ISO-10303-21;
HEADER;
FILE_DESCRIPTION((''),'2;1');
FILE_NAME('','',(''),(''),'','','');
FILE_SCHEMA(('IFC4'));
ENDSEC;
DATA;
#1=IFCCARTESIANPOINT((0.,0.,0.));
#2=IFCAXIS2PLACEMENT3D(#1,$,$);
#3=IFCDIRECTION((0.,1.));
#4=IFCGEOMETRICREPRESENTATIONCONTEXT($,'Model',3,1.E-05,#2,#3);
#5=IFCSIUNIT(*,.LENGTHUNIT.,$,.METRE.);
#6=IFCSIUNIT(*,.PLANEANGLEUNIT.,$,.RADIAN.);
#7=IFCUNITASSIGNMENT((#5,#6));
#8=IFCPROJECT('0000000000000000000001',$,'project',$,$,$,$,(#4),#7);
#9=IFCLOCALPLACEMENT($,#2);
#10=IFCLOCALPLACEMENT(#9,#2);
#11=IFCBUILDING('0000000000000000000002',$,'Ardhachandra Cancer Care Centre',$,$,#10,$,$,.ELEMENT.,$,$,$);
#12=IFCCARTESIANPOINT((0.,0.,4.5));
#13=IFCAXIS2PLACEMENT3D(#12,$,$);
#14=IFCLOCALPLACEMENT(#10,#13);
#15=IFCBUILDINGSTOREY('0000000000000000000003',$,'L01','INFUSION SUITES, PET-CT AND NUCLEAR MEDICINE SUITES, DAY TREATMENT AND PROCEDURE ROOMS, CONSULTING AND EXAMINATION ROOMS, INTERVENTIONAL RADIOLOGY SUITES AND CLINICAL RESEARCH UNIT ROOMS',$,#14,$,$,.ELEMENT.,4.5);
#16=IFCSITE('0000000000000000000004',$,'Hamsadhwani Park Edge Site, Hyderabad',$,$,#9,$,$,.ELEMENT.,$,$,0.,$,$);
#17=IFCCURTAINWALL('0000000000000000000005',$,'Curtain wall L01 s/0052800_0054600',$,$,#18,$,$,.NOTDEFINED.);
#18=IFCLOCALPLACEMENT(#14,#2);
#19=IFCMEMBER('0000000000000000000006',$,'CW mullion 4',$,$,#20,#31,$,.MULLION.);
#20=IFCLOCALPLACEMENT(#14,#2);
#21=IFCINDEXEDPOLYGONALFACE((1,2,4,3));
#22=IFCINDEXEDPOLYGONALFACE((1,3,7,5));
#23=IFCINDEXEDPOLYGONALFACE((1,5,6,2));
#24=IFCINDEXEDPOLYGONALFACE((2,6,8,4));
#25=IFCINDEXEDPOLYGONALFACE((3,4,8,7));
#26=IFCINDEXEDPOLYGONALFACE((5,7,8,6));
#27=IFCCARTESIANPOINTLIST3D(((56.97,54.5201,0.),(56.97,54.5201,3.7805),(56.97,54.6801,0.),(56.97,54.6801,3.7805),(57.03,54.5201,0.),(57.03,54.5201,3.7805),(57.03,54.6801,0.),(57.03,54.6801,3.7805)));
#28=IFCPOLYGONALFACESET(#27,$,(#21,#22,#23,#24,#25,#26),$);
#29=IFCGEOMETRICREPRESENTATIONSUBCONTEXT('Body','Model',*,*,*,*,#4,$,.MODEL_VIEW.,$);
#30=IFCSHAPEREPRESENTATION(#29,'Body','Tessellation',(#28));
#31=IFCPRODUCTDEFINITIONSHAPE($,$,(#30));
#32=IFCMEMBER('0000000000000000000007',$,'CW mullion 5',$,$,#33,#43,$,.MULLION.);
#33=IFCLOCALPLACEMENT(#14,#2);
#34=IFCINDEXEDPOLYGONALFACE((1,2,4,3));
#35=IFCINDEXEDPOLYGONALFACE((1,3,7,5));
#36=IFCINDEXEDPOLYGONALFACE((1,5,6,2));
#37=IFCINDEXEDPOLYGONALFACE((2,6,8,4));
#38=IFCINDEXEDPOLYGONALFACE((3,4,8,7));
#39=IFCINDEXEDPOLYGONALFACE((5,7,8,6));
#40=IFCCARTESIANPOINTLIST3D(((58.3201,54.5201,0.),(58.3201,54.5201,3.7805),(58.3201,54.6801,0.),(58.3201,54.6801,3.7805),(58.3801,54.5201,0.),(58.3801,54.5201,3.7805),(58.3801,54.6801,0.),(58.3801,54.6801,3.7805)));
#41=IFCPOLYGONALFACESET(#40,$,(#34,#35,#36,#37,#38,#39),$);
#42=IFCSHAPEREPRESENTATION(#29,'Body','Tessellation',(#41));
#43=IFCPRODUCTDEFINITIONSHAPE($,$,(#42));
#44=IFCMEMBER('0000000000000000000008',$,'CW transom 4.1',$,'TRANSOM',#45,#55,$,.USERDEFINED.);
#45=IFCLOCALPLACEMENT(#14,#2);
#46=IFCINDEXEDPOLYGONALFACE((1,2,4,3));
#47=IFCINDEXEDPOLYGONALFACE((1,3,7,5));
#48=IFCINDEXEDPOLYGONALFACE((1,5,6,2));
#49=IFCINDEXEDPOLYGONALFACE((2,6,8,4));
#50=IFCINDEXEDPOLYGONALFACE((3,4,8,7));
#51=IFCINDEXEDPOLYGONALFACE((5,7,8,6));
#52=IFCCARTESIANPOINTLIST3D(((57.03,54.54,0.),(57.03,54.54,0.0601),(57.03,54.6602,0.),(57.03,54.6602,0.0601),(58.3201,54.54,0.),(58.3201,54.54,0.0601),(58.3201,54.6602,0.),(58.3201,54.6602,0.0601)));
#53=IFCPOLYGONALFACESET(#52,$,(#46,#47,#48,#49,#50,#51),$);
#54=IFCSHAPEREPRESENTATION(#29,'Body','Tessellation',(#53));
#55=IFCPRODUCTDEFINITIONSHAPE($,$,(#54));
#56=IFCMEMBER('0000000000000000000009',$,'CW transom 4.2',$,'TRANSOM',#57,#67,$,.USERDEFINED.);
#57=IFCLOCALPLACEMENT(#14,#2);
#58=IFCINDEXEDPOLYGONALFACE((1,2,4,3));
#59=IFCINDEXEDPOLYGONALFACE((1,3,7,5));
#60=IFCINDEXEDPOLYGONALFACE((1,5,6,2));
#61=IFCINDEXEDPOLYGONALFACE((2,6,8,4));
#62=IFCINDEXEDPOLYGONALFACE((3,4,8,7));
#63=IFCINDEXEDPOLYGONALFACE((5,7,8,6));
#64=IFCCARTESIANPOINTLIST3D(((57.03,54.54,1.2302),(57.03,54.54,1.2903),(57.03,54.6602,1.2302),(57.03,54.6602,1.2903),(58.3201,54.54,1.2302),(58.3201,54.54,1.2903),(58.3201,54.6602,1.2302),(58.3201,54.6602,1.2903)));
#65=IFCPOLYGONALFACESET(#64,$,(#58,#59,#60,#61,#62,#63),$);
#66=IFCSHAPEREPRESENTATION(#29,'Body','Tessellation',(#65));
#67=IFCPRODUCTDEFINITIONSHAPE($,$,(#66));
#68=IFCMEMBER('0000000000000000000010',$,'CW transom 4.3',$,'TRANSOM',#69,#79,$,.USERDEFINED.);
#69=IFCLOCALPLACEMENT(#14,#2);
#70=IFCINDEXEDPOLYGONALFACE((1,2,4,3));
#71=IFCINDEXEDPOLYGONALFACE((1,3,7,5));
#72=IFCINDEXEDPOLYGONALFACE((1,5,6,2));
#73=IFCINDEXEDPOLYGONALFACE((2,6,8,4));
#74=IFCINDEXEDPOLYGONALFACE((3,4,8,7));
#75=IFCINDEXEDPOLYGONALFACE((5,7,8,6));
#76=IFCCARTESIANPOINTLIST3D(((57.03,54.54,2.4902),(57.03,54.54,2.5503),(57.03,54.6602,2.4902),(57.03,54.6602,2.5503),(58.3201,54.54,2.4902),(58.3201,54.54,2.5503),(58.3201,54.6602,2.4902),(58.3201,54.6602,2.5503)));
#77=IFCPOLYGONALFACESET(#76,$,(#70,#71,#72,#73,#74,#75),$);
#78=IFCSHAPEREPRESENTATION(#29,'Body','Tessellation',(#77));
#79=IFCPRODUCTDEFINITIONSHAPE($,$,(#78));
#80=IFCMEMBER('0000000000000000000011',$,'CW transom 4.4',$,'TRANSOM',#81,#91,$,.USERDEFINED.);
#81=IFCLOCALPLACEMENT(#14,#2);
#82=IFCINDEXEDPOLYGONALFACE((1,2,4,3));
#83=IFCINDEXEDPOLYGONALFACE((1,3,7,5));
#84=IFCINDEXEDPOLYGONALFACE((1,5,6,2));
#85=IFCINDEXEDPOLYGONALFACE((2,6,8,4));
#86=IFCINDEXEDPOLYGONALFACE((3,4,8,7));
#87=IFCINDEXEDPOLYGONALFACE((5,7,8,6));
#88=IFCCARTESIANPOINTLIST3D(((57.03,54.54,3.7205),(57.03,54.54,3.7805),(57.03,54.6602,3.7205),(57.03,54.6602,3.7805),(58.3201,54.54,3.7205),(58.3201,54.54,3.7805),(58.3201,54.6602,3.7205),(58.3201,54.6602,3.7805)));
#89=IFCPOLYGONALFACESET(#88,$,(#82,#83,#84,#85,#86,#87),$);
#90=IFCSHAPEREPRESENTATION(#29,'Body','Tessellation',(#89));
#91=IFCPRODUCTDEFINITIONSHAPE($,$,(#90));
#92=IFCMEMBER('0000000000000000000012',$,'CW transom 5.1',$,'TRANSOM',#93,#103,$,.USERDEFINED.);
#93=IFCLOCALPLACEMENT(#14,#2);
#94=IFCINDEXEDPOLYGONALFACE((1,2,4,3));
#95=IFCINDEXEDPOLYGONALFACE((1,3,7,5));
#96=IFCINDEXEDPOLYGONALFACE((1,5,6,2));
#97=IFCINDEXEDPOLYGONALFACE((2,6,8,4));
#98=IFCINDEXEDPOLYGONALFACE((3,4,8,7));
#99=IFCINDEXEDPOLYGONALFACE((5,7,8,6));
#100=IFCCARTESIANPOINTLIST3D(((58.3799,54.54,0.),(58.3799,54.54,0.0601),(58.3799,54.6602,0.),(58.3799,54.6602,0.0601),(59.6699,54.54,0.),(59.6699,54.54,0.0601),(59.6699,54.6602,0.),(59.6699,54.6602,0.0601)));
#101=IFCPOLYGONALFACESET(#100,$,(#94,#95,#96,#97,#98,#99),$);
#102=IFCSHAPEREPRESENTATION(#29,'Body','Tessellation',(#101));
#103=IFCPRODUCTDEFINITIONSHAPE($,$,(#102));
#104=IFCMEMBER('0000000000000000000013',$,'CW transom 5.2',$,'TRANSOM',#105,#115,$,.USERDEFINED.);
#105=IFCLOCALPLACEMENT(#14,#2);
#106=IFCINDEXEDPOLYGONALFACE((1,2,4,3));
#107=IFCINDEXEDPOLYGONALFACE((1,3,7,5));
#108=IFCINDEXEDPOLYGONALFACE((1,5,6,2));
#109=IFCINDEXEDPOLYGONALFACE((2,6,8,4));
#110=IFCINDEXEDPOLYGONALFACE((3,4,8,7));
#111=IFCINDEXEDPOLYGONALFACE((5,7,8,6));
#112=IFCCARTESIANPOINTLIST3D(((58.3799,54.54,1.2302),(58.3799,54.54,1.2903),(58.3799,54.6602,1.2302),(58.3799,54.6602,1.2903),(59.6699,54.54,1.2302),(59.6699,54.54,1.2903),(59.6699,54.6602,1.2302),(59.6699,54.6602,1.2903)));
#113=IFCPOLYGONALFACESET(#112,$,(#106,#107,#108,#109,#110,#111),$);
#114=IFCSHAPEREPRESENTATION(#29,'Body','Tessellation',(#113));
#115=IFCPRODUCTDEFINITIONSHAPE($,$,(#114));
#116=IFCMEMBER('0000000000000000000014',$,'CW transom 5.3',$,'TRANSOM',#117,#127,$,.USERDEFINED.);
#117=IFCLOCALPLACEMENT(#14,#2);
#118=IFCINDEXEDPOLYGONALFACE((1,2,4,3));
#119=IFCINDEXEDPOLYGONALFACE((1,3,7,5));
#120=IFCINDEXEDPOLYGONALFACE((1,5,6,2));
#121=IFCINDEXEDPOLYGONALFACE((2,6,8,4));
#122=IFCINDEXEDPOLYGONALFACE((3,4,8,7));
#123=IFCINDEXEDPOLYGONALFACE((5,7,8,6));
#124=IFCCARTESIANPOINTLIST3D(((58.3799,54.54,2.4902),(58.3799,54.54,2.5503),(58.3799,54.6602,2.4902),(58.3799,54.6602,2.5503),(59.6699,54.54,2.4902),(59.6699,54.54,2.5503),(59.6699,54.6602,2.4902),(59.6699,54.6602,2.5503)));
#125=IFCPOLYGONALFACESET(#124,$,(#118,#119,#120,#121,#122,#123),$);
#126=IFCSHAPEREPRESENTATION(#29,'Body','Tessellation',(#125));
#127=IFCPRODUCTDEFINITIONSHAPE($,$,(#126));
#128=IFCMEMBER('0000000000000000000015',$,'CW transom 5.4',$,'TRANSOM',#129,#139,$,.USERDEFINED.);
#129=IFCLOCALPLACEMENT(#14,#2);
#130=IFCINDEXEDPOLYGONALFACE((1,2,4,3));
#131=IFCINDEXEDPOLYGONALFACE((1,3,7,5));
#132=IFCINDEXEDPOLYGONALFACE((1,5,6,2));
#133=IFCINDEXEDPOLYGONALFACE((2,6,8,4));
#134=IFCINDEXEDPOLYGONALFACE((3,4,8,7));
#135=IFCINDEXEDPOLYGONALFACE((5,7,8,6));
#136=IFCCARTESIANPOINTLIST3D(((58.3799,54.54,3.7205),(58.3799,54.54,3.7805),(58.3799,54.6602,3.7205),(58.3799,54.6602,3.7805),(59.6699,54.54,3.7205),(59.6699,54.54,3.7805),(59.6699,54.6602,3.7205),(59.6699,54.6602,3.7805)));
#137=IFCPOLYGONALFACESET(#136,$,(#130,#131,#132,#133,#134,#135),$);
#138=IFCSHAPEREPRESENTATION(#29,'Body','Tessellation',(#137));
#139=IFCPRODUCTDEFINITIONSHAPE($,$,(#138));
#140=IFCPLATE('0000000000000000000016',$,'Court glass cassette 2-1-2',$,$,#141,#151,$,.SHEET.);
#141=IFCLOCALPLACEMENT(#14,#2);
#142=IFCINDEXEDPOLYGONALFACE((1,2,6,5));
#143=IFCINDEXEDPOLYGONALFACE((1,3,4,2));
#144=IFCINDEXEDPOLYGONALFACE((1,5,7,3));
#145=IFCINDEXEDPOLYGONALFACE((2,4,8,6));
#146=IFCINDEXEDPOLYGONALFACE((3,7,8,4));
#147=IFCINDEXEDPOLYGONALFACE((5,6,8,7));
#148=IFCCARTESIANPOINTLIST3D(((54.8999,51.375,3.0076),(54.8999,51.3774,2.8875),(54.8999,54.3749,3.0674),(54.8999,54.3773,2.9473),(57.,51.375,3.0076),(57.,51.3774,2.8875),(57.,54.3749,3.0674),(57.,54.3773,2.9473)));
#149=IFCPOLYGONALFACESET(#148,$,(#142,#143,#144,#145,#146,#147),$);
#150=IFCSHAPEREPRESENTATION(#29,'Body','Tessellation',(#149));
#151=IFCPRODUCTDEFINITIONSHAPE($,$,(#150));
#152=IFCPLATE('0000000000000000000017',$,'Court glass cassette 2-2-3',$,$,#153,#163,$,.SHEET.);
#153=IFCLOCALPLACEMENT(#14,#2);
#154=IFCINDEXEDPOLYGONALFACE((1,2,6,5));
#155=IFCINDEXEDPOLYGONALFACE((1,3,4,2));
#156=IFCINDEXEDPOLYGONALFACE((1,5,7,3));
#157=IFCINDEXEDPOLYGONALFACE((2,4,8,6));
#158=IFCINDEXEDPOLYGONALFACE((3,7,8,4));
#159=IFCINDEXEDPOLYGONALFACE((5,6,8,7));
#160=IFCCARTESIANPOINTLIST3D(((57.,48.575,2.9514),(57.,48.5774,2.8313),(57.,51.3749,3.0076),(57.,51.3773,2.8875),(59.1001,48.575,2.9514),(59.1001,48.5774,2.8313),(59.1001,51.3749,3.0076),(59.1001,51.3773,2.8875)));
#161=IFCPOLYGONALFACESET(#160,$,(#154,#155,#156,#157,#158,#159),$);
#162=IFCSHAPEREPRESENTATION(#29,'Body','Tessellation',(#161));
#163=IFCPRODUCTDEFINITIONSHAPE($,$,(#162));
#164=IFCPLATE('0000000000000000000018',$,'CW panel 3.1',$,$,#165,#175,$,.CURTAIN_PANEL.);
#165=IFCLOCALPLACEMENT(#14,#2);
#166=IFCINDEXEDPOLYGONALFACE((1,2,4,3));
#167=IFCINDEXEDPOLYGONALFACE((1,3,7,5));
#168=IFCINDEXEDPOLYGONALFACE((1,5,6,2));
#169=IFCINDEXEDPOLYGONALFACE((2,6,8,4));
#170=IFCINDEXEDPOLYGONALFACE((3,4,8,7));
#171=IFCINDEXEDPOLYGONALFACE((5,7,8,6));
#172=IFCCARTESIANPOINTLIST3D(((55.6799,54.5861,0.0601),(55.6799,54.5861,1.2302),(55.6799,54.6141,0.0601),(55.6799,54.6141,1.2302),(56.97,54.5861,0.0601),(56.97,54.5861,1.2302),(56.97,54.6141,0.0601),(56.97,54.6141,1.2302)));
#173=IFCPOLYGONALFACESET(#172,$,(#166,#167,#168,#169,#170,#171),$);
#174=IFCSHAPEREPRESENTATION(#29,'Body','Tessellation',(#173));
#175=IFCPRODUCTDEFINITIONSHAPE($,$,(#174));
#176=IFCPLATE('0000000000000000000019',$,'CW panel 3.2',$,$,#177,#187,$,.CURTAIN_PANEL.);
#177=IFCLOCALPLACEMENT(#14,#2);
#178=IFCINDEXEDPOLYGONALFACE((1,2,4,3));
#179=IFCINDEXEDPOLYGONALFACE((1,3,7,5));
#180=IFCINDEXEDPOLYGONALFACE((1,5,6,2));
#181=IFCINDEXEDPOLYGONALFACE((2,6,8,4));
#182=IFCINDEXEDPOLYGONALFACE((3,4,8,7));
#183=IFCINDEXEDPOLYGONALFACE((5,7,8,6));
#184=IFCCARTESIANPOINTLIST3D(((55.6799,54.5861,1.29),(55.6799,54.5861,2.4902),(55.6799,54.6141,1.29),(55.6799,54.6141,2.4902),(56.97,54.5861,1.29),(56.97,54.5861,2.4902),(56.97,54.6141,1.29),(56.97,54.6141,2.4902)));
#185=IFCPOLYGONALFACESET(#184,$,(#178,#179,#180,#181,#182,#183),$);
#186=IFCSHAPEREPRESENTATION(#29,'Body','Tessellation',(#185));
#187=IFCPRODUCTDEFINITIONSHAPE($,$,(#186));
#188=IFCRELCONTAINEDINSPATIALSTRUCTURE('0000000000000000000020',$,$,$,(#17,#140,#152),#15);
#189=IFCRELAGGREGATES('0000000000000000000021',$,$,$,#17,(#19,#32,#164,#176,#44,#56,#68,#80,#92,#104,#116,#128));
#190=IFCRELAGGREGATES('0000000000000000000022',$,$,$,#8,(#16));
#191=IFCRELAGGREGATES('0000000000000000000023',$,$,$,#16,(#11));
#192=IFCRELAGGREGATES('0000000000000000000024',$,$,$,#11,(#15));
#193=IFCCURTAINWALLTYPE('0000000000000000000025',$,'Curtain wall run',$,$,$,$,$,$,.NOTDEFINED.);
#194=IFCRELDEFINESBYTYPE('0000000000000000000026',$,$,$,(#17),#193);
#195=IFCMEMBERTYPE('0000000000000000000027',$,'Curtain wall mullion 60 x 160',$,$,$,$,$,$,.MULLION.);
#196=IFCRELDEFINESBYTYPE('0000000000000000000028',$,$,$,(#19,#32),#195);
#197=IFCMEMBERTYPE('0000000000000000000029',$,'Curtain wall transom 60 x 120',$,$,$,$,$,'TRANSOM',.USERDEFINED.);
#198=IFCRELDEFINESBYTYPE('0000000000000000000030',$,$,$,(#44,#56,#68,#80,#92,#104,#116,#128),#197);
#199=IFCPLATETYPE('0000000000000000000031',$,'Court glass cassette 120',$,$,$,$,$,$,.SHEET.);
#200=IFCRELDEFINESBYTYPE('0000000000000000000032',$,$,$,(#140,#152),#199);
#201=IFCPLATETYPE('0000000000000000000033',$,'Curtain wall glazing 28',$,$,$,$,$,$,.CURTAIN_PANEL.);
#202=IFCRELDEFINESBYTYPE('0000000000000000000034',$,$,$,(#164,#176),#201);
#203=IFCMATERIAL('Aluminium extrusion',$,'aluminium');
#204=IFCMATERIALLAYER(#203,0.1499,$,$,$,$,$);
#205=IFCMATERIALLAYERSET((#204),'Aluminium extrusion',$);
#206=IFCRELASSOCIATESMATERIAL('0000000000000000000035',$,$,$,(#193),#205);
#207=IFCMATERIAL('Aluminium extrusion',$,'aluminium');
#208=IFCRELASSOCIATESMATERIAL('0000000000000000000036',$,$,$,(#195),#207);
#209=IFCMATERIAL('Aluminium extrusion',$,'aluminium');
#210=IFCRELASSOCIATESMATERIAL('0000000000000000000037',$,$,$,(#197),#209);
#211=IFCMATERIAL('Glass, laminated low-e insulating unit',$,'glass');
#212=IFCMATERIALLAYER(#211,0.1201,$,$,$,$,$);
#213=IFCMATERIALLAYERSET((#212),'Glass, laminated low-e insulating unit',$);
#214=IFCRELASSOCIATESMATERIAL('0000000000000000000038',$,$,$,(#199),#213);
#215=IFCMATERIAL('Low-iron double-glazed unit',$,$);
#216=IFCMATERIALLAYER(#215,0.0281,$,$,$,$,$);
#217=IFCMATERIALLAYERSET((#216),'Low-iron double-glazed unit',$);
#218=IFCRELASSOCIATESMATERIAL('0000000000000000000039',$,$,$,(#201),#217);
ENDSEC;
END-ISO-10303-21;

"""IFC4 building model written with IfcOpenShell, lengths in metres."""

from ifc_helpers import new_model, si_unit, direction, frame, origin, origin_2d, place, context, subcontext, project, spatial, polyline, rectangle, outline, extrude, material, layer, layer_set, material_profile, profile_set, type_object, element, aggregate, save


model = new_model("IFC4")

# Units and contexts
model_context = context("Model", 3, precision=1e-05, world=origin(), true_north=direction((0.0, 1.0)))
body_context = subcontext(model_context, "Body", "Model", "MODEL_VIEW")
ifc_project = project(units=[si_unit("LENGTHUNIT", "METRE"), si_unit("PLANEANGLEUNIT", "RADIAN")], contexts=[model_context])

# Site, building, storey
site_placement = place(None, origin())
site = spatial("IfcSite", under=ifc_project, at=site_placement, Name="Hamsadhwani Park Edge Site, Hyderabad", CompositionType="ELEMENT", RefElevation=0.0)
building_placement = place(site_placement, origin())
building = spatial("IfcBuilding", under=site, at=building_placement, Name="Ardhachandra Cancer Care Centre", CompositionType="ELEMENT")
storey_placement = place(building_placement, frame((0.0, 0.0, 4.5)))
storey = spatial("IfcBuildingStorey", under=building, at=storey_placement, Name="L01", Description="INFUSION SUITES, PET-CT AND NUCLEAR MEDICINE SUITES, DAY TREATMENT AND PROCEDURE ROOMS, CONSULTING AND EXAMINATION ROOMS, INTERVENTIONAL RADIOLOGY SUITES AND CLINICAL RESEARCH UNIT ROOMS", CompositionType="ELEMENT", Elevation=4.5)

# Curtain wall, members
ifc_material_1 = material(Name="Aluminium extrusion", Category="aluminium")
ifc_layer_1 = layer(ifc_material_1, 0.1499)
ifc_layer_set_1 = layer_set([ifc_layer_1], Name="Aluminium extrusion")
curtain_wall_type = type_object("IfcCurtainWallType", Name="Curtain wall run", PredefinedType="NOTDEFINED", material=ifc_layer_set_1)
curtain_wall_placement = place(storey_placement, origin())
curtain_wall = element("IfcCurtainWall", 1, at=curtain_wall_placement, inside=storey, type_object=curtain_wall_type, Name="Curtain wall L01 s/0052800_0054600", PredefinedType="NOTDEFINED")
ifc_material_2 = material(Name="Aluminium extrusion", Category="aluminium")
ifc_material_profile_1 = material_profile(ifc_material_2, rectangle(XDim=0.1599, YDim=0.0601, at=origin_2d()), Name="Curtain wall mullion 60 x 160")
ifc_profile_set_1 = profile_set([ifc_material_profile_1], Name="Aluminium extrusion")
member_type_1 = type_object("IfcMemberType", Name="Curtain wall mullion 60 x 160", PredefinedType="MULLION", material=ifc_profile_set_1)
member_1_placement = place(storey_placement, frame((57.0, 54.6001, 0.0), z_axis=(0.0, 0.0, 1.0), x_axis=(0.0, 1.0, 0.0)))
member_1 = element("IfcMember", 2, at=member_1_placement, type_object=member_type_1, Name="CW mullion 4", PredefinedType="MULLION", context=body_context, shape_type="SweptSolid", body=[
    extrude(rectangle(XDim=0.1599, YDim=0.0601, at=origin_2d()), origin(), (0.0, 0.0, 1.0), 3.7805),
])
member_2_placement = place(storey_placement, frame((58.3501, 54.6001, 0.0), z_axis=(0.0, 0.0, 1.0), x_axis=(0.0, 1.0, 0.0)))
member_2 = element("IfcMember", 3, at=member_2_placement, type_object=member_type_1, Name="CW mullion 5", PredefinedType="MULLION", context=body_context, shape_type="SweptSolid", body=[
    extrude(rectangle(XDim=0.1599, YDim=0.0601, at=origin_2d()), origin(), (0.0, 0.0, 1.0), 3.7805),
])
ifc_material_3 = material(Name="Aluminium extrusion", Category="aluminium")
ifc_material_profile_2 = material_profile(ifc_material_3, rectangle(XDim=0.1201, YDim=0.0601, at=origin_2d()), Name="Curtain wall transom 60 x 120")
ifc_profile_set_2 = profile_set([ifc_material_profile_2], Name="Aluminium extrusion")
member_type_2 = type_object("IfcMemberType", Name="Curtain wall transom 60 x 120", ElementType="TRANSOM", PredefinedType="USERDEFINED", material=ifc_profile_set_2)
member_3_placement = place(storey_placement, frame((57.03, 54.6001, 0.03), z_axis=(1.0, 0.0, 0.0), x_axis=(0.0, 1.0, 0.0)))
member_3 = element("IfcMember", 4, at=member_3_placement, type_object=member_type_2, Name="CW transom 4.1", ObjectType="TRANSOM", PredefinedType="USERDEFINED", context=body_context, shape_type="SweptSolid", body=[
    extrude(rectangle(XDim=0.1201, YDim=0.0601, at=origin_2d()), origin(), (0.0, 0.0, 1.0), 1.29),
])
member_4_placement = place(storey_placement, frame((57.03, 54.6001, 1.2603), z_axis=(1.0, 0.0, 0.0), x_axis=(0.0, 1.0, 0.0)))
member_4 = element("IfcMember", 5, at=member_4_placement, type_object=member_type_2, Name="CW transom 4.2", ObjectType="TRANSOM", PredefinedType="USERDEFINED", context=body_context, shape_type="SweptSolid", body=[
    extrude(rectangle(XDim=0.1201, YDim=0.0601, at=origin_2d()), origin(), (0.0, 0.0, 1.0), 1.29),
])
member_5_placement = place(storey_placement, frame((57.03, 54.6001, 2.5203), z_axis=(1.0, 0.0, 0.0), x_axis=(0.0, 1.0, 0.0)))
member_5 = element("IfcMember", 6, at=member_5_placement, type_object=member_type_2, Name="CW transom 4.3", ObjectType="TRANSOM", PredefinedType="USERDEFINED", context=body_context, shape_type="SweptSolid", body=[
    extrude(rectangle(XDim=0.1201, YDim=0.0601, at=origin_2d()), origin(), (0.0, 0.0, 1.0), 1.29),
])
member_6_placement = place(storey_placement, frame((57.03, 54.6001, 3.7505), z_axis=(1.0, 0.0, 0.0), x_axis=(0.0, 1.0, 0.0)))
member_6 = element("IfcMember", 7, at=member_6_placement, type_object=member_type_2, Name="CW transom 4.4", ObjectType="TRANSOM", PredefinedType="USERDEFINED", context=body_context, shape_type="SweptSolid", body=[
    extrude(rectangle(XDim=0.1201, YDim=0.0601, at=origin_2d()), origin(), (0.0, 0.0, 1.0), 1.29),
])
member_7_placement = place(storey_placement, frame((58.3799, 54.6001, 0.03), z_axis=(1.0, 0.0, 0.0), x_axis=(0.0, 1.0, 0.0)))
member_7 = element("IfcMember", 8, at=member_7_placement, type_object=member_type_2, Name="CW transom 5.1", ObjectType="TRANSOM", PredefinedType="USERDEFINED", context=body_context, shape_type="SweptSolid", body=[
    extrude(rectangle(XDim=0.1201, YDim=0.0601, at=origin_2d()), origin(), (0.0, 0.0, 1.0), 1.29),
])
member_8_placement = place(storey_placement, frame((58.3799, 54.6001, 1.2603), z_axis=(1.0, 0.0, 0.0), x_axis=(0.0, 1.0, 0.0)))
member_8 = element("IfcMember", 9, at=member_8_placement, type_object=member_type_2, Name="CW transom 5.2", ObjectType="TRANSOM", PredefinedType="USERDEFINED", context=body_context, shape_type="SweptSolid", body=[
    extrude(rectangle(XDim=0.1201, YDim=0.0601, at=origin_2d()), origin(), (0.0, 0.0, 1.0), 1.29),
])
member_9_placement = place(storey_placement, frame((58.3799, 54.6001, 2.5203), z_axis=(1.0, 0.0, 0.0), x_axis=(0.0, 1.0, 0.0)))
member_9 = element("IfcMember", 10, at=member_9_placement, type_object=member_type_2, Name="CW transom 5.3", ObjectType="TRANSOM", PredefinedType="USERDEFINED", context=body_context, shape_type="SweptSolid", body=[
    extrude(rectangle(XDim=0.1201, YDim=0.0601, at=origin_2d()), origin(), (0.0, 0.0, 1.0), 1.29),
])
member_10_placement = place(storey_placement, frame((58.3799, 54.6001, 3.7505), z_axis=(1.0, 0.0, 0.0), x_axis=(0.0, 1.0, 0.0)))
member_10 = element("IfcMember", 11, at=member_10_placement, type_object=member_type_2, Name="CW transom 5.4", ObjectType="TRANSOM", PredefinedType="USERDEFINED", context=body_context, shape_type="SweptSolid", body=[
    extrude(rectangle(XDim=0.1201, YDim=0.0601, at=origin_2d()), origin(), (0.0, 0.0, 1.0), 1.29),
])

# Plates
ifc_material_4 = material(Name="Glass, laminated low-e insulating unit", Category="glass")
ifc_layer_2 = layer(ifc_material_4, 0.1201)
ifc_layer_set_2 = layer_set([ifc_layer_2], Name="Glass, laminated low-e insulating unit")
plate_type_1 = type_object("IfcPlateType", Name="Court glass cassette 120", PredefinedType="SHEET", material=ifc_layer_set_2)
plate_1_placement = place(storey_placement, frame((57.0, 51.375, 3.0076), z_axis=(0.0, -0.019934, 0.999801), x_axis=(-1.0, 0.0, 0.0)))
element("IfcPlate", 12, at=plate_1_placement, inside=storey, type_object=plate_type_1, Name="Court glass cassette 2-1-2", PredefinedType="SHEET", context=body_context, shape_type="SweptSolid", body=[
    extrude(outline(polyline([(0.0, -3.0005), (2.1001, -3.0005), (2.1001, 0.0), (0.0, 0.0), (0.0, -3.0005)])), frame((0.0, 0.0, -0.1201)), (0.0, 0.0, 1.0), 0.1201),
])
plate_2_placement = place(storey_placement, frame((57.0, 48.575, 2.9514), z_axis=(0.0, -0.02005, 0.999799), x_axis=(0.0, 0.999799, 0.02005)))
element("IfcPlate", 13, at=plate_2_placement, inside=storey, type_object=plate_type_1, Name="Court glass cassette 2-2-3", PredefinedType="SHEET", context=body_context, shape_type="SweptSolid", body=[
    extrude(outline(polyline([(0.0, -2.1001), (2.8005, -2.1001), (2.8005, 0.0), (0.0, 0.0), (0.0, -2.1001)])), frame((0.0, 0.0, -0.1201)), (0.0, 0.0, 1.0), 0.1201),
])

# Plates
ifc_material_5 = material(Name="Low-iron double-glazed unit")
ifc_layer_3 = layer(ifc_material_5, 0.0281)
ifc_layer_set_3 = layer_set([ifc_layer_3], Name="Low-iron double-glazed unit")
plate_type_2 = type_object("IfcPlateType", Name="Curtain wall glazing 28", PredefinedType="CURTAIN_PANEL", material=ifc_layer_set_3)
plate_3_placement = place(storey_placement, frame((56.325, 54.6001, 0.0601), z_axis=(0.0, 0.0, 1.0), x_axis=(1.0, 0.0, 0.0)))
plate_3 = element("IfcPlate", 14, at=plate_3_placement, type_object=plate_type_2, Name="CW panel 3.1", PredefinedType="CURTAIN_PANEL", context=body_context, shape_type="SweptSolid", body=[
    extrude(rectangle(XDim=1.29, YDim=0.0281, at=origin_2d()), origin(), (0.0, 0.0, 1.0), 1.1702),
])
plate_4_placement = place(storey_placement, frame((56.325, 54.6001, 1.29), z_axis=(0.0, 0.0, 1.0), x_axis=(1.0, 0.0, 0.0)))
plate_4 = element("IfcPlate", 15, at=plate_4_placement, type_object=plate_type_2, Name="CW panel 3.2", PredefinedType="CURTAIN_PANEL", context=body_context, shape_type="SweptSolid", body=[
    extrude(rectangle(XDim=1.29, YDim=0.0281, at=origin_2d()), origin(), (0.0, 0.0, 1.0), 1.2002),
])
aggregate(curtain_wall, [member_1, member_2, plate_3, plate_4, member_3, member_4, member_5, member_6, member_7, member_8, member_9, member_10])

save(model, "model.ifc")
